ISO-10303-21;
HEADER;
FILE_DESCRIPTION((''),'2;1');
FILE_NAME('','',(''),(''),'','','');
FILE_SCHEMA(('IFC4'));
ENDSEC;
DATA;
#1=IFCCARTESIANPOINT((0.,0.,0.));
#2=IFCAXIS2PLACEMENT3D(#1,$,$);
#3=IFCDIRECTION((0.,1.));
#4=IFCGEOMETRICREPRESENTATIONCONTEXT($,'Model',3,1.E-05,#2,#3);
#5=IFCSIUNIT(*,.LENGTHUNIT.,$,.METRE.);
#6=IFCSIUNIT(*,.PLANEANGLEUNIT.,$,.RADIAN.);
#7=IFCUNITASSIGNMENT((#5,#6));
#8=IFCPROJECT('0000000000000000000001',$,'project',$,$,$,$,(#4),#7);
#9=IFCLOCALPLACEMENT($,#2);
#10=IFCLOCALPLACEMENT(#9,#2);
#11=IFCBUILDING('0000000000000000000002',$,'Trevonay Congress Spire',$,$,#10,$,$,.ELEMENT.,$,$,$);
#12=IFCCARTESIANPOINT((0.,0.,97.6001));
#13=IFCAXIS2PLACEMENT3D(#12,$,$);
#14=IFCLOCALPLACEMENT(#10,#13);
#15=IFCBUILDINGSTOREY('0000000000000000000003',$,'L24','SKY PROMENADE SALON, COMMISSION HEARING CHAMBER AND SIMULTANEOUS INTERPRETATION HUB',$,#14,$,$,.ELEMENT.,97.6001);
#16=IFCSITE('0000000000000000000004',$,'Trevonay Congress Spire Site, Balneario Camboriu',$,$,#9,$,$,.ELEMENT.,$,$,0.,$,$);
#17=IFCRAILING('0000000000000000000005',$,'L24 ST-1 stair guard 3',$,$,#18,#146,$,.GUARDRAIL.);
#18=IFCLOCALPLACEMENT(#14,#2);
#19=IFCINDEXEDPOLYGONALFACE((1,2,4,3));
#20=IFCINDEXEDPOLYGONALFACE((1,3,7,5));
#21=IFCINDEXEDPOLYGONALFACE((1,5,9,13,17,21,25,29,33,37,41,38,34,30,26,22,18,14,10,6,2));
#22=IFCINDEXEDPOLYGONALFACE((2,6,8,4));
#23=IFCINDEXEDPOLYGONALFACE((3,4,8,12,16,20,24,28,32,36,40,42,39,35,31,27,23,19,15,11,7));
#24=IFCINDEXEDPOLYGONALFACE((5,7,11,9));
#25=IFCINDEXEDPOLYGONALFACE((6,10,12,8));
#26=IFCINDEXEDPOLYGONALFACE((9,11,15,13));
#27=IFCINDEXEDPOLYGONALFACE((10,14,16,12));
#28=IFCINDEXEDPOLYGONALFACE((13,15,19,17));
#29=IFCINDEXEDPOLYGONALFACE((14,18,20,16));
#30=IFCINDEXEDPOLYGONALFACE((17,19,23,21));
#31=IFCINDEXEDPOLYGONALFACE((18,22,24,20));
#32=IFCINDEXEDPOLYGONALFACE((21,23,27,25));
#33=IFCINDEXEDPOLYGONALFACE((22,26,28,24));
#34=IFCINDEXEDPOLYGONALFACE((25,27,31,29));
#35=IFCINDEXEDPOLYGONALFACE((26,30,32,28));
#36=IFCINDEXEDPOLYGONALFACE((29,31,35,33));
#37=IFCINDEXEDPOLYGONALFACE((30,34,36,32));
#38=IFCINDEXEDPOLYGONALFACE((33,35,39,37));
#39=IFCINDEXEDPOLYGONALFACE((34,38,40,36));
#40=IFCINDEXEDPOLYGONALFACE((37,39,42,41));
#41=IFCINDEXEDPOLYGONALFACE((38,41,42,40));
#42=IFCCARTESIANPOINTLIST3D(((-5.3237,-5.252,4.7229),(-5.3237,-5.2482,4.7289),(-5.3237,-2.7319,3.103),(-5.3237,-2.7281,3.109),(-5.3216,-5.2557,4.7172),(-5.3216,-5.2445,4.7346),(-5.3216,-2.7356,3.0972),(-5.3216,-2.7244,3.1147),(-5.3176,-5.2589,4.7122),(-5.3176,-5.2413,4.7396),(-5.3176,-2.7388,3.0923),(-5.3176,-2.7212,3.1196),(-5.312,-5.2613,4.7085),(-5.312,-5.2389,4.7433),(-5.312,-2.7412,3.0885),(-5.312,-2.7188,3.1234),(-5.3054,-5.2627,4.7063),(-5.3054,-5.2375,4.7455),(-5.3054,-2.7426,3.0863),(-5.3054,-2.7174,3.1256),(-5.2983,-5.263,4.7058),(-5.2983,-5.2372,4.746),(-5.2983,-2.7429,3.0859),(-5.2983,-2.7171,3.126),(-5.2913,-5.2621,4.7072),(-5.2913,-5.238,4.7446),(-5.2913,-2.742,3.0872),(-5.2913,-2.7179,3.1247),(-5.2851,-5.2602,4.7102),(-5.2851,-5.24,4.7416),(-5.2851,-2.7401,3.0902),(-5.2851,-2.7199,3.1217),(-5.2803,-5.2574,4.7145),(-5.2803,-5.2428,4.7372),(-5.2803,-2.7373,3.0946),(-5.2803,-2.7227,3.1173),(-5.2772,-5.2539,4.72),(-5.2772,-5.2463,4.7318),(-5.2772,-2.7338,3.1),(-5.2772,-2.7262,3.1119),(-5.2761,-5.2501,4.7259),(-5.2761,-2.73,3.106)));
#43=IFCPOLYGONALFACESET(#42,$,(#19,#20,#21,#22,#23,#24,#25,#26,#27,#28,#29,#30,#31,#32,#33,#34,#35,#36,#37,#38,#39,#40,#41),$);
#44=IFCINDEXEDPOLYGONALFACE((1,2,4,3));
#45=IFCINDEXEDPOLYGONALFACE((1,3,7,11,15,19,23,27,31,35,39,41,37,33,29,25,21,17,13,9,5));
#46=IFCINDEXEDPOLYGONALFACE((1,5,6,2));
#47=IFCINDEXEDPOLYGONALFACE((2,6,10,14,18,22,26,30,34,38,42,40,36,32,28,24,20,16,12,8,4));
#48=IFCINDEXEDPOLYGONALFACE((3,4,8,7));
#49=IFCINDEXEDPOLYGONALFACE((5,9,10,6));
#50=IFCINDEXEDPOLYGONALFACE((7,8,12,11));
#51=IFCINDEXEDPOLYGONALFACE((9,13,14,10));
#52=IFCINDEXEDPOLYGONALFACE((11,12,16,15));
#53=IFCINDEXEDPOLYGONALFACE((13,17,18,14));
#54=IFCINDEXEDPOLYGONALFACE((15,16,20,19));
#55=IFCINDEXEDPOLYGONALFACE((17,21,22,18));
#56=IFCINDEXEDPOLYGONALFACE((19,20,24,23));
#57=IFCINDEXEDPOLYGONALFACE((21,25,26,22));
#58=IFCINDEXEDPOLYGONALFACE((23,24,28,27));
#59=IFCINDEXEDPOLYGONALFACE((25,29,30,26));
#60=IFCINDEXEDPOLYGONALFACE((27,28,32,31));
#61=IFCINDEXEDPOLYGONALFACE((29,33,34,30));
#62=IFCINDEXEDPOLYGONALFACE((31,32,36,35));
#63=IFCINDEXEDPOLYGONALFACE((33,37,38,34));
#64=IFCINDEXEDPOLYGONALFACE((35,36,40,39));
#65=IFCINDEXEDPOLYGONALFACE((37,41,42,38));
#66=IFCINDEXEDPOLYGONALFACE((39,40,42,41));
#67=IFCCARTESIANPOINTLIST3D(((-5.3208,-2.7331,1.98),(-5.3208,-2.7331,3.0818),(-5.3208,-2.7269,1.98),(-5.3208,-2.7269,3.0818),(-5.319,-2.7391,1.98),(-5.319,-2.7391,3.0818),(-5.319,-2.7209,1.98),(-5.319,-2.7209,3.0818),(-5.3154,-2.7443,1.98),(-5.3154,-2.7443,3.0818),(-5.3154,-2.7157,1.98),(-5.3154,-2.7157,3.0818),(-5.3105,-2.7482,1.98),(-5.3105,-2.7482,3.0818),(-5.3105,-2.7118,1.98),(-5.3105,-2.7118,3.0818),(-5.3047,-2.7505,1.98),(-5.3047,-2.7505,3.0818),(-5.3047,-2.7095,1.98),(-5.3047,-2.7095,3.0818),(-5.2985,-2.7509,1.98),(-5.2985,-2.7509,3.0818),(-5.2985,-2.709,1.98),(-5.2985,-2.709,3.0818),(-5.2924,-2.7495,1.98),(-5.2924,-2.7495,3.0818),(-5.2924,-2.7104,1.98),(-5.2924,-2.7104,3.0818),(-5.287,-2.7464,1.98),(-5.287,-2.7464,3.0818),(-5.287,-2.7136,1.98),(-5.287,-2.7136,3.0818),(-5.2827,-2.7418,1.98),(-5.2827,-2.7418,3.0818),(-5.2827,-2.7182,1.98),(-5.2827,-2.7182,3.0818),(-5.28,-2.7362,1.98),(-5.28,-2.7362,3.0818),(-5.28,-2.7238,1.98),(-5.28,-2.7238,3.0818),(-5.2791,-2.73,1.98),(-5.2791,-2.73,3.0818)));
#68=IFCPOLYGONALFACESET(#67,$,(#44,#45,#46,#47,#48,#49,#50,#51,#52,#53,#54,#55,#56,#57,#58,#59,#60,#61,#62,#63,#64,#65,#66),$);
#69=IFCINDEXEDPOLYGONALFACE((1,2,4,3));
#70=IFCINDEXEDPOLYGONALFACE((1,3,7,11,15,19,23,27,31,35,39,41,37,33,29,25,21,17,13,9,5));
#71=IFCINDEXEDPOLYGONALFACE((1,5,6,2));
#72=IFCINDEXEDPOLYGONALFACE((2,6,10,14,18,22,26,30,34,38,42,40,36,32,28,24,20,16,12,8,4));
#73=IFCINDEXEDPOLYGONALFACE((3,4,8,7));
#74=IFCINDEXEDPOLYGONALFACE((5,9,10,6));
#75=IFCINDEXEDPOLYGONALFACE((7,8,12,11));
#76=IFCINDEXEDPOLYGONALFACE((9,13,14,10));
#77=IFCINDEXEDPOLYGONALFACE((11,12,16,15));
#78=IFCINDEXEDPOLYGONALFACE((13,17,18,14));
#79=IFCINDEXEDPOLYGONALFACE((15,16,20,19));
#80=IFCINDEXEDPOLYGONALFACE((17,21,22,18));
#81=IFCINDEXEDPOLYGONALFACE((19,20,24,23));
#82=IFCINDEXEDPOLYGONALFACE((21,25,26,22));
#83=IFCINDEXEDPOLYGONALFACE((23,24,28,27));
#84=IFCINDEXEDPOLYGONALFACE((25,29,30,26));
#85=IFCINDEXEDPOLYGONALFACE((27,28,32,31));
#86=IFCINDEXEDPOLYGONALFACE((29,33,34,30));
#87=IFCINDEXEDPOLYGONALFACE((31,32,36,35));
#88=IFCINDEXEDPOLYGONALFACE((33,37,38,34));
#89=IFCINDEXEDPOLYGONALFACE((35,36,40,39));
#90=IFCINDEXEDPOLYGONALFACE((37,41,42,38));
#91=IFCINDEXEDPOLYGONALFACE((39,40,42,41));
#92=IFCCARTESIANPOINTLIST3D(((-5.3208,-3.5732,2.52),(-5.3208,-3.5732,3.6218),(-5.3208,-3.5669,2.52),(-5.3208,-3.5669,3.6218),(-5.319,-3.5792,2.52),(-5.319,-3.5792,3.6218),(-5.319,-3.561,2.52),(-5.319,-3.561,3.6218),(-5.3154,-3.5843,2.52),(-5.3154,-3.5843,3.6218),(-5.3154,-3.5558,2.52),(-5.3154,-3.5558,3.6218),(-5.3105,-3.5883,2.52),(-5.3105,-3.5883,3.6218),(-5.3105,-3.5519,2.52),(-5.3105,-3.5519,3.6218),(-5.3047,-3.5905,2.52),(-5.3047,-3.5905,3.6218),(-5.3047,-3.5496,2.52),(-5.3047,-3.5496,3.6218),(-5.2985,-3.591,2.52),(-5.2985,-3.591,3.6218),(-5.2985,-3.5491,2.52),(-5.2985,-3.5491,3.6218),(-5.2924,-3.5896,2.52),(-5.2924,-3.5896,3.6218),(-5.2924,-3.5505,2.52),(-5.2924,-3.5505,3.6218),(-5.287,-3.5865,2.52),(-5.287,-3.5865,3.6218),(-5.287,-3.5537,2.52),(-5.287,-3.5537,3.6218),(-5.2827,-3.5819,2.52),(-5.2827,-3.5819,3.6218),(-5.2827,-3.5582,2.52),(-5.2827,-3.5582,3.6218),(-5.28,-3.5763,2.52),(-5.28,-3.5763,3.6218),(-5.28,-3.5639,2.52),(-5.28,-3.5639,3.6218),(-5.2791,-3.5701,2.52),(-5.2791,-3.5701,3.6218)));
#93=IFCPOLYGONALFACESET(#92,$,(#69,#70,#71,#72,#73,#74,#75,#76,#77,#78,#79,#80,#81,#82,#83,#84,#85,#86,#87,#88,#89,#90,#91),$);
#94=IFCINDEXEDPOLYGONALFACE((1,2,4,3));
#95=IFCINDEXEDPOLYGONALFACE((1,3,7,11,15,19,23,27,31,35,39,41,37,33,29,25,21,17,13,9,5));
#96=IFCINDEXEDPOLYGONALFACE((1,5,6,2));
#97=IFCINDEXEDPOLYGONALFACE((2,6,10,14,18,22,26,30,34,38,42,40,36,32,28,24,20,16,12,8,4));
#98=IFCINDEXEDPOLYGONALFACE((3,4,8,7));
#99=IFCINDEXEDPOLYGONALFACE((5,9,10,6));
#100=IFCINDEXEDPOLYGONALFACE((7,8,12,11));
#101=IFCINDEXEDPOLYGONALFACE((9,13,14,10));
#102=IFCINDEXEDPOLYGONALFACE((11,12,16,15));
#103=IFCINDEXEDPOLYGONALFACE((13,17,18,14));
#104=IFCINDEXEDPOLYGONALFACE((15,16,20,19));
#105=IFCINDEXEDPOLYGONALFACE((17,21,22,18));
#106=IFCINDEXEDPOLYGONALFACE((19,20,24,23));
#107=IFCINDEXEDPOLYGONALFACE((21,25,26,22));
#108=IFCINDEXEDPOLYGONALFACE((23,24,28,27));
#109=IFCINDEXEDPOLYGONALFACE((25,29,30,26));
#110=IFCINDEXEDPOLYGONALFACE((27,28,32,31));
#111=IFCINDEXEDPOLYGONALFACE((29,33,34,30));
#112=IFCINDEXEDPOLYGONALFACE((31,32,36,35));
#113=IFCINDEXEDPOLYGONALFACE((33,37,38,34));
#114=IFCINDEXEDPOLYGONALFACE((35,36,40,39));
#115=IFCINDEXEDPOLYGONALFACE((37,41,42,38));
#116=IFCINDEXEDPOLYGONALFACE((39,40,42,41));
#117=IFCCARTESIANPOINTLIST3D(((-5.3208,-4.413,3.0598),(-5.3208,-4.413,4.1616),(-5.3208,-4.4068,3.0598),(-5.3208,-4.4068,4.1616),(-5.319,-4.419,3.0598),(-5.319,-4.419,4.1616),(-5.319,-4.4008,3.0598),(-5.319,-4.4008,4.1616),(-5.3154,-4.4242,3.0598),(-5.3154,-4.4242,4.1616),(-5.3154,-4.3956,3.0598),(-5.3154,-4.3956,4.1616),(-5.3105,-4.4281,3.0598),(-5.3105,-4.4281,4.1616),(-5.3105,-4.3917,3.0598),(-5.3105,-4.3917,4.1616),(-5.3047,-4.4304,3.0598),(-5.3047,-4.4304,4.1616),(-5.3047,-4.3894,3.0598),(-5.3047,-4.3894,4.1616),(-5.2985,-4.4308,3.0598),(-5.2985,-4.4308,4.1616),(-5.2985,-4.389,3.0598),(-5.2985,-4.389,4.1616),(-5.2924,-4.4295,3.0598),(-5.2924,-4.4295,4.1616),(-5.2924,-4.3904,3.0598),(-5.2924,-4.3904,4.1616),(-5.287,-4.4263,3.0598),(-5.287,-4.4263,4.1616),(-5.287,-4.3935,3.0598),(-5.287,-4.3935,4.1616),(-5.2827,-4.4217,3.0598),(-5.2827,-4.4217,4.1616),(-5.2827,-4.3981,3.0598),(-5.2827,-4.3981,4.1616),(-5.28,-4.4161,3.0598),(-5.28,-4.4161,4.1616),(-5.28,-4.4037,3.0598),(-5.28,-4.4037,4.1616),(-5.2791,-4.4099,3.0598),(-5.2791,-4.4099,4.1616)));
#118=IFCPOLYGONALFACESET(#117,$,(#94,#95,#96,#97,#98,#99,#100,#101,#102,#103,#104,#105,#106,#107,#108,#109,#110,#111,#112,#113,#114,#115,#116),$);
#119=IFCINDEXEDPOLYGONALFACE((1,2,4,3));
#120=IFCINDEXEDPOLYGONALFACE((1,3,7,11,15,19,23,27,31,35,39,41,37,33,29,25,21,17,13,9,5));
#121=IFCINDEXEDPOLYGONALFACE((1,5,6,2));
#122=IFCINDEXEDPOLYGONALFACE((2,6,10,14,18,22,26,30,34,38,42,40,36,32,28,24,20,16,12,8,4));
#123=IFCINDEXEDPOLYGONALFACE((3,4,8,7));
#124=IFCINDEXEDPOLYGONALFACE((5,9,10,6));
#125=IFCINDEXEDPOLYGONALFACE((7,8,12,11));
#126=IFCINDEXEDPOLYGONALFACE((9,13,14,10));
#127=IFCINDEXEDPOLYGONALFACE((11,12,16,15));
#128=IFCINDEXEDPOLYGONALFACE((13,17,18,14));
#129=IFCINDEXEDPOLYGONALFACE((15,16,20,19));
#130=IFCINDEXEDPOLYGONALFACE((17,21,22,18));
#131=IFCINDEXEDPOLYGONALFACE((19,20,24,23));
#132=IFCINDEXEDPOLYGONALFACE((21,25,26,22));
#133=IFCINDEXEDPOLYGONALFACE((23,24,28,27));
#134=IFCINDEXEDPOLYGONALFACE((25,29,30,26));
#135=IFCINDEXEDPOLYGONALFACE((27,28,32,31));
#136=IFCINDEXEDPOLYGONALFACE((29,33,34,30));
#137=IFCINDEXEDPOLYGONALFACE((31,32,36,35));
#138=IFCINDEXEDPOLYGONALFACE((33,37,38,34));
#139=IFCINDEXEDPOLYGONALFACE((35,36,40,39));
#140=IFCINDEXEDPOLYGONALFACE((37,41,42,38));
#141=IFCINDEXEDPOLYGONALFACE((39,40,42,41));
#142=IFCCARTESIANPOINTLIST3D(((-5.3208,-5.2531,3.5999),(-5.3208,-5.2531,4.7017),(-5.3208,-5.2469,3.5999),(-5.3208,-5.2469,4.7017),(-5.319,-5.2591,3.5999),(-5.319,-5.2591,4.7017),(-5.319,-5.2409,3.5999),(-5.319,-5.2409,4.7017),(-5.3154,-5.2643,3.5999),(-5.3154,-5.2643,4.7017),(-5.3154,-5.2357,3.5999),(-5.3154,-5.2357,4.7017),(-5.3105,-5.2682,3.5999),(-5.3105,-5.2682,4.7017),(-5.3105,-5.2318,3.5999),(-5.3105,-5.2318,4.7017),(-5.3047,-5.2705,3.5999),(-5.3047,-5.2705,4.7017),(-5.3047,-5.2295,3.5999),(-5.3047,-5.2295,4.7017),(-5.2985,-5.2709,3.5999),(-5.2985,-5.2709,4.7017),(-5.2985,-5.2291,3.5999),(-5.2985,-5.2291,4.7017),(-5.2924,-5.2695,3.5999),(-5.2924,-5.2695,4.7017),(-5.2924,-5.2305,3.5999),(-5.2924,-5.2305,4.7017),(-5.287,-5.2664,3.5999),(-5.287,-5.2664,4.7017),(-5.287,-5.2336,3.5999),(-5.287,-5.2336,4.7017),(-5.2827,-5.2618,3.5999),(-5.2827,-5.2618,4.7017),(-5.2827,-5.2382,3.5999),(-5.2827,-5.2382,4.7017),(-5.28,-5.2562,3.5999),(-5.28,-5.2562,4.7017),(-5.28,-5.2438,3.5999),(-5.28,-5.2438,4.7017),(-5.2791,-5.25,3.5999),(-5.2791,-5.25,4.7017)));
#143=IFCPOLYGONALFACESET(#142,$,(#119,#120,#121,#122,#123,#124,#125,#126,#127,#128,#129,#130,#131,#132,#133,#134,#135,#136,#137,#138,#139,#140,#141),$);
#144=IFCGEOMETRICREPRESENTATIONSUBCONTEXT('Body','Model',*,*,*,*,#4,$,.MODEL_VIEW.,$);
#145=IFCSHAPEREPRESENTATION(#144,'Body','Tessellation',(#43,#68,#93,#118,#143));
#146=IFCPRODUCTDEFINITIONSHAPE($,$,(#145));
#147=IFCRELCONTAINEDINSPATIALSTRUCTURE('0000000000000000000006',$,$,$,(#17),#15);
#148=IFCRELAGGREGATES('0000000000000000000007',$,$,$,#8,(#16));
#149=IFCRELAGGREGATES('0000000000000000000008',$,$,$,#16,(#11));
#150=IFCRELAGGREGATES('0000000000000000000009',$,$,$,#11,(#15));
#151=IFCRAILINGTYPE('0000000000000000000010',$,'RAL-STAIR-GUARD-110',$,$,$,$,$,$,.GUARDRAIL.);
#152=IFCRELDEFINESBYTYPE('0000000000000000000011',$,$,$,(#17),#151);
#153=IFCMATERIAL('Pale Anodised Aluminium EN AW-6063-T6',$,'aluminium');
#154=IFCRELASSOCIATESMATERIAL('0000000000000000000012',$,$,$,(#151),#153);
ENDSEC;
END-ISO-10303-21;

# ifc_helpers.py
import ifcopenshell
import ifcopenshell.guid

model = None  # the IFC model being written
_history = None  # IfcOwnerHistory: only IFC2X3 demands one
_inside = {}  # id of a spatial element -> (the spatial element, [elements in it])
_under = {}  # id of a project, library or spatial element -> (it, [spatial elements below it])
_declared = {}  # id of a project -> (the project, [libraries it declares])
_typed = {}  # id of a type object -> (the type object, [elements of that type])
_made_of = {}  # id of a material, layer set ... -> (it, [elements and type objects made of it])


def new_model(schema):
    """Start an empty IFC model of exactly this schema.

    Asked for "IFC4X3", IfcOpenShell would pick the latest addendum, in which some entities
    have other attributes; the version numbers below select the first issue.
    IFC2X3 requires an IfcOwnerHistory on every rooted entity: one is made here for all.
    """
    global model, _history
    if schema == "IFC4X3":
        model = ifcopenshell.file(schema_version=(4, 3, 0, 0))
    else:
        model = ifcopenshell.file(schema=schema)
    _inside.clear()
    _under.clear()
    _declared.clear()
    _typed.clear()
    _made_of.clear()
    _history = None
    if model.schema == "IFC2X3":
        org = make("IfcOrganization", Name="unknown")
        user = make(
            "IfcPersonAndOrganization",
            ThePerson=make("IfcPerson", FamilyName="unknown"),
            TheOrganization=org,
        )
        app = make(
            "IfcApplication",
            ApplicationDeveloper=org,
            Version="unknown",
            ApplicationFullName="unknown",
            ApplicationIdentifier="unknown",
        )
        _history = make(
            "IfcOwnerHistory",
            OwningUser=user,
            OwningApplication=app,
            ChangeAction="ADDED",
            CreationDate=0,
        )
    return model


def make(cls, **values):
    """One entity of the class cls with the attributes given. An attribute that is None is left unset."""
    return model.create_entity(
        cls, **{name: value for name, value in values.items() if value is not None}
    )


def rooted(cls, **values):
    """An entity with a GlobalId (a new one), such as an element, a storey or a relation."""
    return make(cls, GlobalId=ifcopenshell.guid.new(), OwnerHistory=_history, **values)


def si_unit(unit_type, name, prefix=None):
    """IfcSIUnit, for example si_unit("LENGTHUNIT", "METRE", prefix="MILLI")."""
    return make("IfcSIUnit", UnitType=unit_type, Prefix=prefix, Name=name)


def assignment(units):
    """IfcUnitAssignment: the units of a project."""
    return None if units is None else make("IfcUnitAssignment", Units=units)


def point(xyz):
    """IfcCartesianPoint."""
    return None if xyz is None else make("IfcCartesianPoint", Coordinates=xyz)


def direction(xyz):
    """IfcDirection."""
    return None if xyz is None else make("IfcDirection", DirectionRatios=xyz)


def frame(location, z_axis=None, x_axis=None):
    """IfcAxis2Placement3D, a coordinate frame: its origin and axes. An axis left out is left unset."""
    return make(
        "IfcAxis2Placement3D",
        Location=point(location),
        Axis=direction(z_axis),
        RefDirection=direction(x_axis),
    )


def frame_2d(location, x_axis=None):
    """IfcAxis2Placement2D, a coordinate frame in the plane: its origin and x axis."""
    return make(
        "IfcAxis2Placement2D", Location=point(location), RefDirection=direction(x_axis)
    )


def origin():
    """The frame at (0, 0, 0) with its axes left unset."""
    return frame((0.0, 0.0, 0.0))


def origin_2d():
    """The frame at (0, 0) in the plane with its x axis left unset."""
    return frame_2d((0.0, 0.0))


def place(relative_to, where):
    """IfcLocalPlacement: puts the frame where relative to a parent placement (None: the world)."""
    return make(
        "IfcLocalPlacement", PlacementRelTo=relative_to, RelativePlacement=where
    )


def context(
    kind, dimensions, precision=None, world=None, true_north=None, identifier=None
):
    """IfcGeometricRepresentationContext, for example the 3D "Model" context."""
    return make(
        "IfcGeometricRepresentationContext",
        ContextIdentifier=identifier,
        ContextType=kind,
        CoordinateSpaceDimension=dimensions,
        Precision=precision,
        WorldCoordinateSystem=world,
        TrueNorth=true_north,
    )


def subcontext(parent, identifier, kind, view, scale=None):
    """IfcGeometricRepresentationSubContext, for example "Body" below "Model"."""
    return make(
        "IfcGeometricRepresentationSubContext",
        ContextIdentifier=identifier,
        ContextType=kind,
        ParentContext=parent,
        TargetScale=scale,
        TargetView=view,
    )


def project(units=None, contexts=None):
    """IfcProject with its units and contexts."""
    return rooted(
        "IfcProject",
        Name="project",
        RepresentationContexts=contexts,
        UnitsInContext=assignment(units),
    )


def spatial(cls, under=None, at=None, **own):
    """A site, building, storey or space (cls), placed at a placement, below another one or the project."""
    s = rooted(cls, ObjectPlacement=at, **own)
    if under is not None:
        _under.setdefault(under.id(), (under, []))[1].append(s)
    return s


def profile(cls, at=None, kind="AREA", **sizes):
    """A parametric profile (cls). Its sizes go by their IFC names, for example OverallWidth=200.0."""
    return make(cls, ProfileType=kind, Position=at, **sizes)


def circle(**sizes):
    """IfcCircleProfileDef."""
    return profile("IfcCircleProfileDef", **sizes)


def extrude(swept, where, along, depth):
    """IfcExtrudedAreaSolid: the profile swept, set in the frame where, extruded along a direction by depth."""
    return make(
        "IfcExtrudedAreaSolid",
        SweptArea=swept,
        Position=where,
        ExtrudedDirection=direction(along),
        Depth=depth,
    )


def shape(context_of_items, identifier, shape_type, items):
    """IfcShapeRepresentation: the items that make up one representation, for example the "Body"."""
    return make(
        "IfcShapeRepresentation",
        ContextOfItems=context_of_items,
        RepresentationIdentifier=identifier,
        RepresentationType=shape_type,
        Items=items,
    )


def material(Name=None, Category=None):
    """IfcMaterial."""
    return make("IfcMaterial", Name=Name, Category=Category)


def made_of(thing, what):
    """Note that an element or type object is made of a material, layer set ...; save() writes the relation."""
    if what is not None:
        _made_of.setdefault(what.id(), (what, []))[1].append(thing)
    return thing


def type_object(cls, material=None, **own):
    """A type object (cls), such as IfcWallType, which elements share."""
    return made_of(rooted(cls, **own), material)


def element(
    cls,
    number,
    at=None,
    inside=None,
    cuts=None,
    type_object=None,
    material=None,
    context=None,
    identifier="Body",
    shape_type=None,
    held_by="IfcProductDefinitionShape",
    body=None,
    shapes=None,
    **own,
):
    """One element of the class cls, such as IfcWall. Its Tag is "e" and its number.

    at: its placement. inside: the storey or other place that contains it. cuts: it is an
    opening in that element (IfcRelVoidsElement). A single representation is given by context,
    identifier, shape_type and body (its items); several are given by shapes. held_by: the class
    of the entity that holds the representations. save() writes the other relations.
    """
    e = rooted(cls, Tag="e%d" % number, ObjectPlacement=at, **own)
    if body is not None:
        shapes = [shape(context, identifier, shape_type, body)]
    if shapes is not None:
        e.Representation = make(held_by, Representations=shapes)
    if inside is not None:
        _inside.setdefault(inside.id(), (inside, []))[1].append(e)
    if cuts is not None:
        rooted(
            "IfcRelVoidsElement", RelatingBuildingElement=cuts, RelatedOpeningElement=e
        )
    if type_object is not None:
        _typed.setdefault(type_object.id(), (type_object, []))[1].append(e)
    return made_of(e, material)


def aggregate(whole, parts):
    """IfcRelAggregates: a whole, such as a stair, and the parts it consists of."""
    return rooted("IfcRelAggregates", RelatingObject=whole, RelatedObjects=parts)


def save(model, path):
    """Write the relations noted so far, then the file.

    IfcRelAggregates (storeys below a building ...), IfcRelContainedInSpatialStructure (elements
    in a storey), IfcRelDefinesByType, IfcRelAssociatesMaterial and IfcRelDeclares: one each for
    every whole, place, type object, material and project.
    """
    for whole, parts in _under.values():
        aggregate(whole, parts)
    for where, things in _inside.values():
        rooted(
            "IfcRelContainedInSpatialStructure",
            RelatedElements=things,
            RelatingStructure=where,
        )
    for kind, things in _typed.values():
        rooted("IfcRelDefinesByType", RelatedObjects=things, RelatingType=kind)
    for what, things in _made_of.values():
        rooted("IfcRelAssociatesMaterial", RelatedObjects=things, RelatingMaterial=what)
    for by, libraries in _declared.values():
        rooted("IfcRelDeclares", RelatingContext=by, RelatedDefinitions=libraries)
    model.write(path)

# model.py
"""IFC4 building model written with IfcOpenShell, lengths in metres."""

from ifc_helpers import new_model, si_unit, direction, frame, origin, origin_2d, place, context, subcontext, project, spatial, circle, extrude, material, type_object, element, save


model = new_model("IFC4")

# Units and contexts
model_context = context("Model", 3, precision=1e-05, world=origin(), true_north=direction((0.0, 1.0)))
body_context = subcontext(model_context, "Body", "Model", "MODEL_VIEW")
ifc_project = project(units=[si_unit("LENGTHUNIT", "METRE"), si_unit("PLANEANGLEUNIT", "RADIAN")], contexts=[model_context])

# Site, building, storey
site_placement = place(None, origin())
site = spatial("IfcSite", under=ifc_project, at=site_placement, Name="Trevonay Congress Spire Site, Balneario Camboriu", CompositionType="ELEMENT", RefElevation=0.0)
building_placement = place(site_placement, origin())
building = spatial("IfcBuilding", under=site, at=building_placement, Name="Trevonay Congress Spire", CompositionType="ELEMENT")
storey_placement = place(building_placement, frame((0.0, 0.0, 97.6001)))
storey = spatial("IfcBuildingStorey", under=building, at=storey_placement, Name="L24", Description="SKY PROMENADE SALON, COMMISSION HEARING CHAMBER AND SIMULTANEOUS INTERPRETATION HUB", CompositionType="ELEMENT", Elevation=97.6001)

# Shared definitions
ifc_material_1 = material(Name="Pale Anodised Aluminium EN AW-6063-T6", Category="aluminium")

# Railing
railing_type_1 = type_object("IfcRailingType", Name="RAL-STAIR-GUARD-110", PredefinedType="GUARDRAIL", material=ifc_material_1)
railing_1_placement = place(storey_placement, frame((-5.3, -2.73, 1.98)))
element("IfcRailing", 1, at=railing_1_placement, inside=storey, type_object=railing_type_1, Name="L24 ST-1 stair guard 3", PredefinedType="GUARDRAIL", context=body_context, shape_type="SweptSolid", body=[
    extrude(circle(Radius=0.0239, at=origin_2d()), frame((0.0, 0.0, 1.126), z_axis=(0.0, -0.8412, 0.540725), x_axis=(1.0, 0.0, 0.0)), (0.0, 0.0, 1.0), 2.9958),
    extrude(circle(Radius=0.021, at=origin_2d()), origin(), (0.0, 0.0, 1.0), 1.1018),
    extrude(circle(Radius=0.021, at=origin_2d()), frame((0.0, -0.8401, 0.54)), (0.0, 0.0, 1.0), 1.1018),
    extrude(circle(Radius=0.021, at=origin_2d()), frame((0.0, -1.6799, 1.0798)), (0.0, 0.0, 1.0), 1.1018),
    extrude(circle(Radius=0.021, at=origin_2d()), frame((0.0, -2.52, 1.6199)), (0.0, 0.0, 1.0), 1.1018),
])

save(model, "model.ifc")
